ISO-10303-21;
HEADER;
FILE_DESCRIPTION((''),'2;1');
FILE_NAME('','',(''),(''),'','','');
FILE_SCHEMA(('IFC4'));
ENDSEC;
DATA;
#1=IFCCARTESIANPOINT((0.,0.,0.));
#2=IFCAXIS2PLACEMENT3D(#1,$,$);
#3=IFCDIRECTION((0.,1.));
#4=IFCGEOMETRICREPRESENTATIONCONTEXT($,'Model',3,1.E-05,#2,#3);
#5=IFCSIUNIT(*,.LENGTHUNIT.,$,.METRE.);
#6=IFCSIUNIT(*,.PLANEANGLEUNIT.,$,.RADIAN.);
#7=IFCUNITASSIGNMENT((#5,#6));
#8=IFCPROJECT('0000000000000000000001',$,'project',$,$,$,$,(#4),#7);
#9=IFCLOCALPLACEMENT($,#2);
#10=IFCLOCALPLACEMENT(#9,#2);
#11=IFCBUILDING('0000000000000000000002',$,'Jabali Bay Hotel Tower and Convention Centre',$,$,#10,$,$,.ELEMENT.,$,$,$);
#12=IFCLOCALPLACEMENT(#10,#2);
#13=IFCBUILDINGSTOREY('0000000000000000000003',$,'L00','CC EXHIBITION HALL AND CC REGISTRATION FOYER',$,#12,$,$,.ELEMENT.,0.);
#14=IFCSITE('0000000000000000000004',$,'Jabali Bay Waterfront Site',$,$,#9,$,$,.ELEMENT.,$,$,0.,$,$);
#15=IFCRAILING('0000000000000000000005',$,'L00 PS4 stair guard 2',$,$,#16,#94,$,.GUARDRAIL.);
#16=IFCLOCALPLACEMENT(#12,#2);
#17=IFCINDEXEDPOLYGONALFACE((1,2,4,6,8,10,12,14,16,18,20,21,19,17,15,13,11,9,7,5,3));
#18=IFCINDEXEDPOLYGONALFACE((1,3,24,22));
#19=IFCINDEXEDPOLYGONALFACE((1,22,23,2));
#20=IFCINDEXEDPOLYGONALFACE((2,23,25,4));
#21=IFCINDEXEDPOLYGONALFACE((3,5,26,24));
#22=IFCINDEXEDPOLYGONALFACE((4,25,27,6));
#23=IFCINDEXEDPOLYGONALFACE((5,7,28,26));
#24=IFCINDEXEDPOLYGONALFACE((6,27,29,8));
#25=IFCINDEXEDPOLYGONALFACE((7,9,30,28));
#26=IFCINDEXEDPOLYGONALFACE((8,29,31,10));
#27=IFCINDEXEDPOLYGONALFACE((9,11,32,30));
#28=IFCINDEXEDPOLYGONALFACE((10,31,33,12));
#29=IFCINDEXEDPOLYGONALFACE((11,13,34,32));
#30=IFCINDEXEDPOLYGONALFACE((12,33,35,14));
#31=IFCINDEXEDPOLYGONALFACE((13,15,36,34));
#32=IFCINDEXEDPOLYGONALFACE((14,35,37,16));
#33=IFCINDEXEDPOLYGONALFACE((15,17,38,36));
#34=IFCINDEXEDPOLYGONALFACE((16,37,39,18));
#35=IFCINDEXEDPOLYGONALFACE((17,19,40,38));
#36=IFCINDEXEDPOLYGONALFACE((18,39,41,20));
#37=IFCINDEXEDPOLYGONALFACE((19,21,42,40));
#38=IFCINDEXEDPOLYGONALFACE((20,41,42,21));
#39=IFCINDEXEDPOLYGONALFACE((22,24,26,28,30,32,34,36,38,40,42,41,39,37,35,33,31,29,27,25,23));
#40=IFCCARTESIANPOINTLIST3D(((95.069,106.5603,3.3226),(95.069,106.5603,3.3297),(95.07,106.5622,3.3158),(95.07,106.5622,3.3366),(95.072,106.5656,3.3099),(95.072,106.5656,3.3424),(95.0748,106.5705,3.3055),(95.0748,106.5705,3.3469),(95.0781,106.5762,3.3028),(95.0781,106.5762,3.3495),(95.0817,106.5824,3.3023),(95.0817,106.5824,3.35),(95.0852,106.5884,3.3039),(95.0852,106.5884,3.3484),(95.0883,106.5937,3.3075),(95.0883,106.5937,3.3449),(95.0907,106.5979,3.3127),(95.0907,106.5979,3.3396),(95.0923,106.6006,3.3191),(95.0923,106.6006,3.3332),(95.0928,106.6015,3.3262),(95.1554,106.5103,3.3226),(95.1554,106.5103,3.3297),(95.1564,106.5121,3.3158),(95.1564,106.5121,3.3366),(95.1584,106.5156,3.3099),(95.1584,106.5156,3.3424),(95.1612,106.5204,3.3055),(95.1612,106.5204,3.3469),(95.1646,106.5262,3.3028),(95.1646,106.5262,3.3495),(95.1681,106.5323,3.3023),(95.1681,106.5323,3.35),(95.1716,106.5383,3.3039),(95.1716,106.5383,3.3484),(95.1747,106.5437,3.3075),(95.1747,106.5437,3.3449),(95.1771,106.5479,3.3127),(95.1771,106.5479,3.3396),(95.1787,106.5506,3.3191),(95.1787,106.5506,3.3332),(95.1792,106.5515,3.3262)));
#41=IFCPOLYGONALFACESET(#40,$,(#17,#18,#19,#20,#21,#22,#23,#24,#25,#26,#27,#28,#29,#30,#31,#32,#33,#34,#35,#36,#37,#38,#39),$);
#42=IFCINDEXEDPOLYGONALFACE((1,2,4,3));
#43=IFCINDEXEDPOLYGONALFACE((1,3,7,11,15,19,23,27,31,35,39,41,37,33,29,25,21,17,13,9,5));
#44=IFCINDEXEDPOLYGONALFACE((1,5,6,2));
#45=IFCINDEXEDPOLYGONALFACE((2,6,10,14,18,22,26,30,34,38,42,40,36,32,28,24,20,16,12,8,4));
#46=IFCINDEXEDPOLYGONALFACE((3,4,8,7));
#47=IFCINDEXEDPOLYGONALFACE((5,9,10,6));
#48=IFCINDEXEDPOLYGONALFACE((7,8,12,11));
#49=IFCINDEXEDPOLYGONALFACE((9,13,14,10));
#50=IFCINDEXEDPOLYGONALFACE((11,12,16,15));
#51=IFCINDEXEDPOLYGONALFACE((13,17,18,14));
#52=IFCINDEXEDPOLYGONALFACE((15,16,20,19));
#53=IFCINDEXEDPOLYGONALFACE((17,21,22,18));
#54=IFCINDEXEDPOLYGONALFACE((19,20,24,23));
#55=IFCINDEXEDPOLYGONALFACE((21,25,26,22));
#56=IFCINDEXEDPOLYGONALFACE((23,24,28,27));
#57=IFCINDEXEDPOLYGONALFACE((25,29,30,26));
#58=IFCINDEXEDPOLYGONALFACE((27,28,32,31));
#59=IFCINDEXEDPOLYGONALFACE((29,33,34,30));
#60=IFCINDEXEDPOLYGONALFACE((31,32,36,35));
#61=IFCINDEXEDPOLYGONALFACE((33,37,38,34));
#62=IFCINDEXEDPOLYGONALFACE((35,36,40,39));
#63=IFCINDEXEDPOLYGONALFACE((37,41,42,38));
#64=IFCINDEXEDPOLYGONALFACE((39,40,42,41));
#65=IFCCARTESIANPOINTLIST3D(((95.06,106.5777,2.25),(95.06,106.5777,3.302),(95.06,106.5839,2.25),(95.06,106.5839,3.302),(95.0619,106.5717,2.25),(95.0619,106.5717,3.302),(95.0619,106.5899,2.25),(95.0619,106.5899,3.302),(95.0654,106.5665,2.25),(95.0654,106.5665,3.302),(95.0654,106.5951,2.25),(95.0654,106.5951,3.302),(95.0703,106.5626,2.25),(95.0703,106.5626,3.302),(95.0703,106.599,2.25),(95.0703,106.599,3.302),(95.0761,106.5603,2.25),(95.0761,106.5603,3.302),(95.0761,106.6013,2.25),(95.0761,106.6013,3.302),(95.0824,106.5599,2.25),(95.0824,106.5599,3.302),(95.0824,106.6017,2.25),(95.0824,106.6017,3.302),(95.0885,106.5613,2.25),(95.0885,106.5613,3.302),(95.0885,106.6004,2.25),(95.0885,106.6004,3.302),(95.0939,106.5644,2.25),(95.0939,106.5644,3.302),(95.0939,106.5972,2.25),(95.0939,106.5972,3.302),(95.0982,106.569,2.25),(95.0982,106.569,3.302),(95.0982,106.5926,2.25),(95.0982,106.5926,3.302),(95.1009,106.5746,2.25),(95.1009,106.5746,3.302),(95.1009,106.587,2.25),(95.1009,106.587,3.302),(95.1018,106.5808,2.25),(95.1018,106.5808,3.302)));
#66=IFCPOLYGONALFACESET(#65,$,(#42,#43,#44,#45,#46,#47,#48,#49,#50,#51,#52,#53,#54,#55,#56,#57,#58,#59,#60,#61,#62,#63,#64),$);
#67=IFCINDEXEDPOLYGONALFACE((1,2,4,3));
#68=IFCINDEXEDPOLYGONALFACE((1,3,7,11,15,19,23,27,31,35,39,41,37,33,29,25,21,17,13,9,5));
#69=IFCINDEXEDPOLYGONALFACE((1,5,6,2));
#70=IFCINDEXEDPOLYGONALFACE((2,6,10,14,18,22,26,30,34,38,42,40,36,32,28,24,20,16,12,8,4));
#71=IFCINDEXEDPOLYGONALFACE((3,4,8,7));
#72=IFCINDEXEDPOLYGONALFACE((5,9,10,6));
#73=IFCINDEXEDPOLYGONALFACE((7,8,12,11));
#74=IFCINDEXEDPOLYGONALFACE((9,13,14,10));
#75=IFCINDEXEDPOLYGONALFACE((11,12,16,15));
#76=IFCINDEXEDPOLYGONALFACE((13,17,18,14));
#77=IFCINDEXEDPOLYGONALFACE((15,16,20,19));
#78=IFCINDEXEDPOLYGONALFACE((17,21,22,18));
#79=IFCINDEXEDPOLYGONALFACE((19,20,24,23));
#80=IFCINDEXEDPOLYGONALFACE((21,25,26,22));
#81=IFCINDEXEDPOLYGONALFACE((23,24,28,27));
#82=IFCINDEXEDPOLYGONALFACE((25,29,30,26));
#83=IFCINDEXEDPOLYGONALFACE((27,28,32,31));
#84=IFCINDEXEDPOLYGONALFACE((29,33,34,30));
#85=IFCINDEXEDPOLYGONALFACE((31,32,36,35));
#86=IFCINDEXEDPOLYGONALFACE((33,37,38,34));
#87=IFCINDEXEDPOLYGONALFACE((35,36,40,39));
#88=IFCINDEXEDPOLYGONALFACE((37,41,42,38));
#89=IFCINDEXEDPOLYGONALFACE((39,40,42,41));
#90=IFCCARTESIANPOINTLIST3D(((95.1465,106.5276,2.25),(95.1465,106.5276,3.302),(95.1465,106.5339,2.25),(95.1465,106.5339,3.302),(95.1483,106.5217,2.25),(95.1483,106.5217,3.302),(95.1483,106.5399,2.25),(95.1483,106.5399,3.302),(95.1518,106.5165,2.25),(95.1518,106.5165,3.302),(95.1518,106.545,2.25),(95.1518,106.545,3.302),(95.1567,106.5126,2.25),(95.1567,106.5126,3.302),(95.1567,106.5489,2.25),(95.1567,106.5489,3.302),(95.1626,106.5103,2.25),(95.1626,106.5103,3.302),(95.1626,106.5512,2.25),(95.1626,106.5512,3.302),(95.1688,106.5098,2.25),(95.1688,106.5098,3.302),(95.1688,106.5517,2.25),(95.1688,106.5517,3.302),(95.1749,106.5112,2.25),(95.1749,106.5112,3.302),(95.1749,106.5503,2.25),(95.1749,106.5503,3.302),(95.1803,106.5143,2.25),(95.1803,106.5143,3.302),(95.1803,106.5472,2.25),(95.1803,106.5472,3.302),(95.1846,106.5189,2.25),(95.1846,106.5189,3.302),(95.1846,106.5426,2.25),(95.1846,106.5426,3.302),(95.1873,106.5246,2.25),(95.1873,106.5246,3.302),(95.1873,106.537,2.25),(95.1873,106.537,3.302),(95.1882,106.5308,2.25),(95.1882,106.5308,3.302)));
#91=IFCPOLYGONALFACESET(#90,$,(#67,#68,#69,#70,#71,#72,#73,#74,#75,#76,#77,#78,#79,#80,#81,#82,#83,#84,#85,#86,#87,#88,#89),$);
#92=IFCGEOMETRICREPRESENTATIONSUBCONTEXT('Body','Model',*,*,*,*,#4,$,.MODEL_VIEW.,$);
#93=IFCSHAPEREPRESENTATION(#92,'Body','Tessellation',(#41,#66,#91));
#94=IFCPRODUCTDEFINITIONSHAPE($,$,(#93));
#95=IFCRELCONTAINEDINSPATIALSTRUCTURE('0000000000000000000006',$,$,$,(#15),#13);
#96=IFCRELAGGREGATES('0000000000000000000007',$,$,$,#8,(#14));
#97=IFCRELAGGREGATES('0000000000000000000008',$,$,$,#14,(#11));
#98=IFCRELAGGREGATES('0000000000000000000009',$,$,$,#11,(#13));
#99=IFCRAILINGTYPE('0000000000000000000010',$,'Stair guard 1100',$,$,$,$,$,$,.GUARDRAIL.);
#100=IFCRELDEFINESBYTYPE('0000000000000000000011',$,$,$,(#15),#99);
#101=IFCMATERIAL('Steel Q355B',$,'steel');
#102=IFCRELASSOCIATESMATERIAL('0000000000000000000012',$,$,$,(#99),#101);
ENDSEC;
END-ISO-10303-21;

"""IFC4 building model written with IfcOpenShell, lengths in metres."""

from ifc_helpers import new_model, si_unit, direction, frame, origin, origin_2d, place, context, subcontext, project, spatial, circle, extrude, material, type_object, element, save


model = new_model("IFC4")

# Units and contexts
model_context = context("Model", 3, precision=1e-05, world=origin(), true_north=direction((0.0, 1.0)))
body_context = subcontext(model_context, "Body", "Model", "MODEL_VIEW")
ifc_project = project(units=[si_unit("LENGTHUNIT", "METRE"), si_unit("PLANEANGLEUNIT", "RADIAN")], contexts=[model_context])

# Site, building, storey
site_placement = place(None, origin())
site = spatial("IfcSite", under=ifc_project, at=site_placement, Name="Jabali Bay Waterfront Site", CompositionType="ELEMENT", RefElevation=0.0)
building_placement = place(site_placement, origin())
building = spatial("IfcBuilding", under=site, at=building_placement, Name="Jabali Bay Hotel Tower and Convention Centre", CompositionType="ELEMENT")
storey_placement = place(building_placement, origin())
storey = spatial("IfcBuildingStorey", under=building, at=storey_placement, Name="L00", Description="CC EXHIBITION HALL AND CC REGISTRATION FOYER", CompositionType="ELEMENT", Elevation=0.0)

# Railing
ifc_material_1 = material(Name="Steel Q355B", Category="steel")
railing_type_1 = type_object("IfcRailingType", Name="Stair guard 1100", PredefinedType="GUARDRAIL", material=ifc_material_1)
railing_1_placement = place(storey_placement, frame((95.0808, 106.5808, 2.25)))
element("IfcRailing", 1, at=railing_1_placement, inside=storey, type_object=railing_type_1, Name="L00 PS4 stair guard 2", PredefinedType="GUARDRAIL", context=body_context, shape_type="SweptSolid", body=[
    extrude(circle(Radius=0.0239, at=origin_2d()), frame((0.0, 0.0, 1.0762), z_axis=(0.86537, -0.501133, 0.0), x_axis=(0.501133, 0.86537, 0.0)), (0.0, 0.0, 1.0), 0.0999),
    extrude(circle(Radius=0.021, at=origin_2d()), origin(), (0.0, 0.0, 1.0), 1.052),
    extrude(circle(Radius=0.021, at=origin_2d()), frame((0.0864, -0.05, 0.0)), (0.0, 0.0, 1.0), 1.052),
])

save(model, "model.ifc")
